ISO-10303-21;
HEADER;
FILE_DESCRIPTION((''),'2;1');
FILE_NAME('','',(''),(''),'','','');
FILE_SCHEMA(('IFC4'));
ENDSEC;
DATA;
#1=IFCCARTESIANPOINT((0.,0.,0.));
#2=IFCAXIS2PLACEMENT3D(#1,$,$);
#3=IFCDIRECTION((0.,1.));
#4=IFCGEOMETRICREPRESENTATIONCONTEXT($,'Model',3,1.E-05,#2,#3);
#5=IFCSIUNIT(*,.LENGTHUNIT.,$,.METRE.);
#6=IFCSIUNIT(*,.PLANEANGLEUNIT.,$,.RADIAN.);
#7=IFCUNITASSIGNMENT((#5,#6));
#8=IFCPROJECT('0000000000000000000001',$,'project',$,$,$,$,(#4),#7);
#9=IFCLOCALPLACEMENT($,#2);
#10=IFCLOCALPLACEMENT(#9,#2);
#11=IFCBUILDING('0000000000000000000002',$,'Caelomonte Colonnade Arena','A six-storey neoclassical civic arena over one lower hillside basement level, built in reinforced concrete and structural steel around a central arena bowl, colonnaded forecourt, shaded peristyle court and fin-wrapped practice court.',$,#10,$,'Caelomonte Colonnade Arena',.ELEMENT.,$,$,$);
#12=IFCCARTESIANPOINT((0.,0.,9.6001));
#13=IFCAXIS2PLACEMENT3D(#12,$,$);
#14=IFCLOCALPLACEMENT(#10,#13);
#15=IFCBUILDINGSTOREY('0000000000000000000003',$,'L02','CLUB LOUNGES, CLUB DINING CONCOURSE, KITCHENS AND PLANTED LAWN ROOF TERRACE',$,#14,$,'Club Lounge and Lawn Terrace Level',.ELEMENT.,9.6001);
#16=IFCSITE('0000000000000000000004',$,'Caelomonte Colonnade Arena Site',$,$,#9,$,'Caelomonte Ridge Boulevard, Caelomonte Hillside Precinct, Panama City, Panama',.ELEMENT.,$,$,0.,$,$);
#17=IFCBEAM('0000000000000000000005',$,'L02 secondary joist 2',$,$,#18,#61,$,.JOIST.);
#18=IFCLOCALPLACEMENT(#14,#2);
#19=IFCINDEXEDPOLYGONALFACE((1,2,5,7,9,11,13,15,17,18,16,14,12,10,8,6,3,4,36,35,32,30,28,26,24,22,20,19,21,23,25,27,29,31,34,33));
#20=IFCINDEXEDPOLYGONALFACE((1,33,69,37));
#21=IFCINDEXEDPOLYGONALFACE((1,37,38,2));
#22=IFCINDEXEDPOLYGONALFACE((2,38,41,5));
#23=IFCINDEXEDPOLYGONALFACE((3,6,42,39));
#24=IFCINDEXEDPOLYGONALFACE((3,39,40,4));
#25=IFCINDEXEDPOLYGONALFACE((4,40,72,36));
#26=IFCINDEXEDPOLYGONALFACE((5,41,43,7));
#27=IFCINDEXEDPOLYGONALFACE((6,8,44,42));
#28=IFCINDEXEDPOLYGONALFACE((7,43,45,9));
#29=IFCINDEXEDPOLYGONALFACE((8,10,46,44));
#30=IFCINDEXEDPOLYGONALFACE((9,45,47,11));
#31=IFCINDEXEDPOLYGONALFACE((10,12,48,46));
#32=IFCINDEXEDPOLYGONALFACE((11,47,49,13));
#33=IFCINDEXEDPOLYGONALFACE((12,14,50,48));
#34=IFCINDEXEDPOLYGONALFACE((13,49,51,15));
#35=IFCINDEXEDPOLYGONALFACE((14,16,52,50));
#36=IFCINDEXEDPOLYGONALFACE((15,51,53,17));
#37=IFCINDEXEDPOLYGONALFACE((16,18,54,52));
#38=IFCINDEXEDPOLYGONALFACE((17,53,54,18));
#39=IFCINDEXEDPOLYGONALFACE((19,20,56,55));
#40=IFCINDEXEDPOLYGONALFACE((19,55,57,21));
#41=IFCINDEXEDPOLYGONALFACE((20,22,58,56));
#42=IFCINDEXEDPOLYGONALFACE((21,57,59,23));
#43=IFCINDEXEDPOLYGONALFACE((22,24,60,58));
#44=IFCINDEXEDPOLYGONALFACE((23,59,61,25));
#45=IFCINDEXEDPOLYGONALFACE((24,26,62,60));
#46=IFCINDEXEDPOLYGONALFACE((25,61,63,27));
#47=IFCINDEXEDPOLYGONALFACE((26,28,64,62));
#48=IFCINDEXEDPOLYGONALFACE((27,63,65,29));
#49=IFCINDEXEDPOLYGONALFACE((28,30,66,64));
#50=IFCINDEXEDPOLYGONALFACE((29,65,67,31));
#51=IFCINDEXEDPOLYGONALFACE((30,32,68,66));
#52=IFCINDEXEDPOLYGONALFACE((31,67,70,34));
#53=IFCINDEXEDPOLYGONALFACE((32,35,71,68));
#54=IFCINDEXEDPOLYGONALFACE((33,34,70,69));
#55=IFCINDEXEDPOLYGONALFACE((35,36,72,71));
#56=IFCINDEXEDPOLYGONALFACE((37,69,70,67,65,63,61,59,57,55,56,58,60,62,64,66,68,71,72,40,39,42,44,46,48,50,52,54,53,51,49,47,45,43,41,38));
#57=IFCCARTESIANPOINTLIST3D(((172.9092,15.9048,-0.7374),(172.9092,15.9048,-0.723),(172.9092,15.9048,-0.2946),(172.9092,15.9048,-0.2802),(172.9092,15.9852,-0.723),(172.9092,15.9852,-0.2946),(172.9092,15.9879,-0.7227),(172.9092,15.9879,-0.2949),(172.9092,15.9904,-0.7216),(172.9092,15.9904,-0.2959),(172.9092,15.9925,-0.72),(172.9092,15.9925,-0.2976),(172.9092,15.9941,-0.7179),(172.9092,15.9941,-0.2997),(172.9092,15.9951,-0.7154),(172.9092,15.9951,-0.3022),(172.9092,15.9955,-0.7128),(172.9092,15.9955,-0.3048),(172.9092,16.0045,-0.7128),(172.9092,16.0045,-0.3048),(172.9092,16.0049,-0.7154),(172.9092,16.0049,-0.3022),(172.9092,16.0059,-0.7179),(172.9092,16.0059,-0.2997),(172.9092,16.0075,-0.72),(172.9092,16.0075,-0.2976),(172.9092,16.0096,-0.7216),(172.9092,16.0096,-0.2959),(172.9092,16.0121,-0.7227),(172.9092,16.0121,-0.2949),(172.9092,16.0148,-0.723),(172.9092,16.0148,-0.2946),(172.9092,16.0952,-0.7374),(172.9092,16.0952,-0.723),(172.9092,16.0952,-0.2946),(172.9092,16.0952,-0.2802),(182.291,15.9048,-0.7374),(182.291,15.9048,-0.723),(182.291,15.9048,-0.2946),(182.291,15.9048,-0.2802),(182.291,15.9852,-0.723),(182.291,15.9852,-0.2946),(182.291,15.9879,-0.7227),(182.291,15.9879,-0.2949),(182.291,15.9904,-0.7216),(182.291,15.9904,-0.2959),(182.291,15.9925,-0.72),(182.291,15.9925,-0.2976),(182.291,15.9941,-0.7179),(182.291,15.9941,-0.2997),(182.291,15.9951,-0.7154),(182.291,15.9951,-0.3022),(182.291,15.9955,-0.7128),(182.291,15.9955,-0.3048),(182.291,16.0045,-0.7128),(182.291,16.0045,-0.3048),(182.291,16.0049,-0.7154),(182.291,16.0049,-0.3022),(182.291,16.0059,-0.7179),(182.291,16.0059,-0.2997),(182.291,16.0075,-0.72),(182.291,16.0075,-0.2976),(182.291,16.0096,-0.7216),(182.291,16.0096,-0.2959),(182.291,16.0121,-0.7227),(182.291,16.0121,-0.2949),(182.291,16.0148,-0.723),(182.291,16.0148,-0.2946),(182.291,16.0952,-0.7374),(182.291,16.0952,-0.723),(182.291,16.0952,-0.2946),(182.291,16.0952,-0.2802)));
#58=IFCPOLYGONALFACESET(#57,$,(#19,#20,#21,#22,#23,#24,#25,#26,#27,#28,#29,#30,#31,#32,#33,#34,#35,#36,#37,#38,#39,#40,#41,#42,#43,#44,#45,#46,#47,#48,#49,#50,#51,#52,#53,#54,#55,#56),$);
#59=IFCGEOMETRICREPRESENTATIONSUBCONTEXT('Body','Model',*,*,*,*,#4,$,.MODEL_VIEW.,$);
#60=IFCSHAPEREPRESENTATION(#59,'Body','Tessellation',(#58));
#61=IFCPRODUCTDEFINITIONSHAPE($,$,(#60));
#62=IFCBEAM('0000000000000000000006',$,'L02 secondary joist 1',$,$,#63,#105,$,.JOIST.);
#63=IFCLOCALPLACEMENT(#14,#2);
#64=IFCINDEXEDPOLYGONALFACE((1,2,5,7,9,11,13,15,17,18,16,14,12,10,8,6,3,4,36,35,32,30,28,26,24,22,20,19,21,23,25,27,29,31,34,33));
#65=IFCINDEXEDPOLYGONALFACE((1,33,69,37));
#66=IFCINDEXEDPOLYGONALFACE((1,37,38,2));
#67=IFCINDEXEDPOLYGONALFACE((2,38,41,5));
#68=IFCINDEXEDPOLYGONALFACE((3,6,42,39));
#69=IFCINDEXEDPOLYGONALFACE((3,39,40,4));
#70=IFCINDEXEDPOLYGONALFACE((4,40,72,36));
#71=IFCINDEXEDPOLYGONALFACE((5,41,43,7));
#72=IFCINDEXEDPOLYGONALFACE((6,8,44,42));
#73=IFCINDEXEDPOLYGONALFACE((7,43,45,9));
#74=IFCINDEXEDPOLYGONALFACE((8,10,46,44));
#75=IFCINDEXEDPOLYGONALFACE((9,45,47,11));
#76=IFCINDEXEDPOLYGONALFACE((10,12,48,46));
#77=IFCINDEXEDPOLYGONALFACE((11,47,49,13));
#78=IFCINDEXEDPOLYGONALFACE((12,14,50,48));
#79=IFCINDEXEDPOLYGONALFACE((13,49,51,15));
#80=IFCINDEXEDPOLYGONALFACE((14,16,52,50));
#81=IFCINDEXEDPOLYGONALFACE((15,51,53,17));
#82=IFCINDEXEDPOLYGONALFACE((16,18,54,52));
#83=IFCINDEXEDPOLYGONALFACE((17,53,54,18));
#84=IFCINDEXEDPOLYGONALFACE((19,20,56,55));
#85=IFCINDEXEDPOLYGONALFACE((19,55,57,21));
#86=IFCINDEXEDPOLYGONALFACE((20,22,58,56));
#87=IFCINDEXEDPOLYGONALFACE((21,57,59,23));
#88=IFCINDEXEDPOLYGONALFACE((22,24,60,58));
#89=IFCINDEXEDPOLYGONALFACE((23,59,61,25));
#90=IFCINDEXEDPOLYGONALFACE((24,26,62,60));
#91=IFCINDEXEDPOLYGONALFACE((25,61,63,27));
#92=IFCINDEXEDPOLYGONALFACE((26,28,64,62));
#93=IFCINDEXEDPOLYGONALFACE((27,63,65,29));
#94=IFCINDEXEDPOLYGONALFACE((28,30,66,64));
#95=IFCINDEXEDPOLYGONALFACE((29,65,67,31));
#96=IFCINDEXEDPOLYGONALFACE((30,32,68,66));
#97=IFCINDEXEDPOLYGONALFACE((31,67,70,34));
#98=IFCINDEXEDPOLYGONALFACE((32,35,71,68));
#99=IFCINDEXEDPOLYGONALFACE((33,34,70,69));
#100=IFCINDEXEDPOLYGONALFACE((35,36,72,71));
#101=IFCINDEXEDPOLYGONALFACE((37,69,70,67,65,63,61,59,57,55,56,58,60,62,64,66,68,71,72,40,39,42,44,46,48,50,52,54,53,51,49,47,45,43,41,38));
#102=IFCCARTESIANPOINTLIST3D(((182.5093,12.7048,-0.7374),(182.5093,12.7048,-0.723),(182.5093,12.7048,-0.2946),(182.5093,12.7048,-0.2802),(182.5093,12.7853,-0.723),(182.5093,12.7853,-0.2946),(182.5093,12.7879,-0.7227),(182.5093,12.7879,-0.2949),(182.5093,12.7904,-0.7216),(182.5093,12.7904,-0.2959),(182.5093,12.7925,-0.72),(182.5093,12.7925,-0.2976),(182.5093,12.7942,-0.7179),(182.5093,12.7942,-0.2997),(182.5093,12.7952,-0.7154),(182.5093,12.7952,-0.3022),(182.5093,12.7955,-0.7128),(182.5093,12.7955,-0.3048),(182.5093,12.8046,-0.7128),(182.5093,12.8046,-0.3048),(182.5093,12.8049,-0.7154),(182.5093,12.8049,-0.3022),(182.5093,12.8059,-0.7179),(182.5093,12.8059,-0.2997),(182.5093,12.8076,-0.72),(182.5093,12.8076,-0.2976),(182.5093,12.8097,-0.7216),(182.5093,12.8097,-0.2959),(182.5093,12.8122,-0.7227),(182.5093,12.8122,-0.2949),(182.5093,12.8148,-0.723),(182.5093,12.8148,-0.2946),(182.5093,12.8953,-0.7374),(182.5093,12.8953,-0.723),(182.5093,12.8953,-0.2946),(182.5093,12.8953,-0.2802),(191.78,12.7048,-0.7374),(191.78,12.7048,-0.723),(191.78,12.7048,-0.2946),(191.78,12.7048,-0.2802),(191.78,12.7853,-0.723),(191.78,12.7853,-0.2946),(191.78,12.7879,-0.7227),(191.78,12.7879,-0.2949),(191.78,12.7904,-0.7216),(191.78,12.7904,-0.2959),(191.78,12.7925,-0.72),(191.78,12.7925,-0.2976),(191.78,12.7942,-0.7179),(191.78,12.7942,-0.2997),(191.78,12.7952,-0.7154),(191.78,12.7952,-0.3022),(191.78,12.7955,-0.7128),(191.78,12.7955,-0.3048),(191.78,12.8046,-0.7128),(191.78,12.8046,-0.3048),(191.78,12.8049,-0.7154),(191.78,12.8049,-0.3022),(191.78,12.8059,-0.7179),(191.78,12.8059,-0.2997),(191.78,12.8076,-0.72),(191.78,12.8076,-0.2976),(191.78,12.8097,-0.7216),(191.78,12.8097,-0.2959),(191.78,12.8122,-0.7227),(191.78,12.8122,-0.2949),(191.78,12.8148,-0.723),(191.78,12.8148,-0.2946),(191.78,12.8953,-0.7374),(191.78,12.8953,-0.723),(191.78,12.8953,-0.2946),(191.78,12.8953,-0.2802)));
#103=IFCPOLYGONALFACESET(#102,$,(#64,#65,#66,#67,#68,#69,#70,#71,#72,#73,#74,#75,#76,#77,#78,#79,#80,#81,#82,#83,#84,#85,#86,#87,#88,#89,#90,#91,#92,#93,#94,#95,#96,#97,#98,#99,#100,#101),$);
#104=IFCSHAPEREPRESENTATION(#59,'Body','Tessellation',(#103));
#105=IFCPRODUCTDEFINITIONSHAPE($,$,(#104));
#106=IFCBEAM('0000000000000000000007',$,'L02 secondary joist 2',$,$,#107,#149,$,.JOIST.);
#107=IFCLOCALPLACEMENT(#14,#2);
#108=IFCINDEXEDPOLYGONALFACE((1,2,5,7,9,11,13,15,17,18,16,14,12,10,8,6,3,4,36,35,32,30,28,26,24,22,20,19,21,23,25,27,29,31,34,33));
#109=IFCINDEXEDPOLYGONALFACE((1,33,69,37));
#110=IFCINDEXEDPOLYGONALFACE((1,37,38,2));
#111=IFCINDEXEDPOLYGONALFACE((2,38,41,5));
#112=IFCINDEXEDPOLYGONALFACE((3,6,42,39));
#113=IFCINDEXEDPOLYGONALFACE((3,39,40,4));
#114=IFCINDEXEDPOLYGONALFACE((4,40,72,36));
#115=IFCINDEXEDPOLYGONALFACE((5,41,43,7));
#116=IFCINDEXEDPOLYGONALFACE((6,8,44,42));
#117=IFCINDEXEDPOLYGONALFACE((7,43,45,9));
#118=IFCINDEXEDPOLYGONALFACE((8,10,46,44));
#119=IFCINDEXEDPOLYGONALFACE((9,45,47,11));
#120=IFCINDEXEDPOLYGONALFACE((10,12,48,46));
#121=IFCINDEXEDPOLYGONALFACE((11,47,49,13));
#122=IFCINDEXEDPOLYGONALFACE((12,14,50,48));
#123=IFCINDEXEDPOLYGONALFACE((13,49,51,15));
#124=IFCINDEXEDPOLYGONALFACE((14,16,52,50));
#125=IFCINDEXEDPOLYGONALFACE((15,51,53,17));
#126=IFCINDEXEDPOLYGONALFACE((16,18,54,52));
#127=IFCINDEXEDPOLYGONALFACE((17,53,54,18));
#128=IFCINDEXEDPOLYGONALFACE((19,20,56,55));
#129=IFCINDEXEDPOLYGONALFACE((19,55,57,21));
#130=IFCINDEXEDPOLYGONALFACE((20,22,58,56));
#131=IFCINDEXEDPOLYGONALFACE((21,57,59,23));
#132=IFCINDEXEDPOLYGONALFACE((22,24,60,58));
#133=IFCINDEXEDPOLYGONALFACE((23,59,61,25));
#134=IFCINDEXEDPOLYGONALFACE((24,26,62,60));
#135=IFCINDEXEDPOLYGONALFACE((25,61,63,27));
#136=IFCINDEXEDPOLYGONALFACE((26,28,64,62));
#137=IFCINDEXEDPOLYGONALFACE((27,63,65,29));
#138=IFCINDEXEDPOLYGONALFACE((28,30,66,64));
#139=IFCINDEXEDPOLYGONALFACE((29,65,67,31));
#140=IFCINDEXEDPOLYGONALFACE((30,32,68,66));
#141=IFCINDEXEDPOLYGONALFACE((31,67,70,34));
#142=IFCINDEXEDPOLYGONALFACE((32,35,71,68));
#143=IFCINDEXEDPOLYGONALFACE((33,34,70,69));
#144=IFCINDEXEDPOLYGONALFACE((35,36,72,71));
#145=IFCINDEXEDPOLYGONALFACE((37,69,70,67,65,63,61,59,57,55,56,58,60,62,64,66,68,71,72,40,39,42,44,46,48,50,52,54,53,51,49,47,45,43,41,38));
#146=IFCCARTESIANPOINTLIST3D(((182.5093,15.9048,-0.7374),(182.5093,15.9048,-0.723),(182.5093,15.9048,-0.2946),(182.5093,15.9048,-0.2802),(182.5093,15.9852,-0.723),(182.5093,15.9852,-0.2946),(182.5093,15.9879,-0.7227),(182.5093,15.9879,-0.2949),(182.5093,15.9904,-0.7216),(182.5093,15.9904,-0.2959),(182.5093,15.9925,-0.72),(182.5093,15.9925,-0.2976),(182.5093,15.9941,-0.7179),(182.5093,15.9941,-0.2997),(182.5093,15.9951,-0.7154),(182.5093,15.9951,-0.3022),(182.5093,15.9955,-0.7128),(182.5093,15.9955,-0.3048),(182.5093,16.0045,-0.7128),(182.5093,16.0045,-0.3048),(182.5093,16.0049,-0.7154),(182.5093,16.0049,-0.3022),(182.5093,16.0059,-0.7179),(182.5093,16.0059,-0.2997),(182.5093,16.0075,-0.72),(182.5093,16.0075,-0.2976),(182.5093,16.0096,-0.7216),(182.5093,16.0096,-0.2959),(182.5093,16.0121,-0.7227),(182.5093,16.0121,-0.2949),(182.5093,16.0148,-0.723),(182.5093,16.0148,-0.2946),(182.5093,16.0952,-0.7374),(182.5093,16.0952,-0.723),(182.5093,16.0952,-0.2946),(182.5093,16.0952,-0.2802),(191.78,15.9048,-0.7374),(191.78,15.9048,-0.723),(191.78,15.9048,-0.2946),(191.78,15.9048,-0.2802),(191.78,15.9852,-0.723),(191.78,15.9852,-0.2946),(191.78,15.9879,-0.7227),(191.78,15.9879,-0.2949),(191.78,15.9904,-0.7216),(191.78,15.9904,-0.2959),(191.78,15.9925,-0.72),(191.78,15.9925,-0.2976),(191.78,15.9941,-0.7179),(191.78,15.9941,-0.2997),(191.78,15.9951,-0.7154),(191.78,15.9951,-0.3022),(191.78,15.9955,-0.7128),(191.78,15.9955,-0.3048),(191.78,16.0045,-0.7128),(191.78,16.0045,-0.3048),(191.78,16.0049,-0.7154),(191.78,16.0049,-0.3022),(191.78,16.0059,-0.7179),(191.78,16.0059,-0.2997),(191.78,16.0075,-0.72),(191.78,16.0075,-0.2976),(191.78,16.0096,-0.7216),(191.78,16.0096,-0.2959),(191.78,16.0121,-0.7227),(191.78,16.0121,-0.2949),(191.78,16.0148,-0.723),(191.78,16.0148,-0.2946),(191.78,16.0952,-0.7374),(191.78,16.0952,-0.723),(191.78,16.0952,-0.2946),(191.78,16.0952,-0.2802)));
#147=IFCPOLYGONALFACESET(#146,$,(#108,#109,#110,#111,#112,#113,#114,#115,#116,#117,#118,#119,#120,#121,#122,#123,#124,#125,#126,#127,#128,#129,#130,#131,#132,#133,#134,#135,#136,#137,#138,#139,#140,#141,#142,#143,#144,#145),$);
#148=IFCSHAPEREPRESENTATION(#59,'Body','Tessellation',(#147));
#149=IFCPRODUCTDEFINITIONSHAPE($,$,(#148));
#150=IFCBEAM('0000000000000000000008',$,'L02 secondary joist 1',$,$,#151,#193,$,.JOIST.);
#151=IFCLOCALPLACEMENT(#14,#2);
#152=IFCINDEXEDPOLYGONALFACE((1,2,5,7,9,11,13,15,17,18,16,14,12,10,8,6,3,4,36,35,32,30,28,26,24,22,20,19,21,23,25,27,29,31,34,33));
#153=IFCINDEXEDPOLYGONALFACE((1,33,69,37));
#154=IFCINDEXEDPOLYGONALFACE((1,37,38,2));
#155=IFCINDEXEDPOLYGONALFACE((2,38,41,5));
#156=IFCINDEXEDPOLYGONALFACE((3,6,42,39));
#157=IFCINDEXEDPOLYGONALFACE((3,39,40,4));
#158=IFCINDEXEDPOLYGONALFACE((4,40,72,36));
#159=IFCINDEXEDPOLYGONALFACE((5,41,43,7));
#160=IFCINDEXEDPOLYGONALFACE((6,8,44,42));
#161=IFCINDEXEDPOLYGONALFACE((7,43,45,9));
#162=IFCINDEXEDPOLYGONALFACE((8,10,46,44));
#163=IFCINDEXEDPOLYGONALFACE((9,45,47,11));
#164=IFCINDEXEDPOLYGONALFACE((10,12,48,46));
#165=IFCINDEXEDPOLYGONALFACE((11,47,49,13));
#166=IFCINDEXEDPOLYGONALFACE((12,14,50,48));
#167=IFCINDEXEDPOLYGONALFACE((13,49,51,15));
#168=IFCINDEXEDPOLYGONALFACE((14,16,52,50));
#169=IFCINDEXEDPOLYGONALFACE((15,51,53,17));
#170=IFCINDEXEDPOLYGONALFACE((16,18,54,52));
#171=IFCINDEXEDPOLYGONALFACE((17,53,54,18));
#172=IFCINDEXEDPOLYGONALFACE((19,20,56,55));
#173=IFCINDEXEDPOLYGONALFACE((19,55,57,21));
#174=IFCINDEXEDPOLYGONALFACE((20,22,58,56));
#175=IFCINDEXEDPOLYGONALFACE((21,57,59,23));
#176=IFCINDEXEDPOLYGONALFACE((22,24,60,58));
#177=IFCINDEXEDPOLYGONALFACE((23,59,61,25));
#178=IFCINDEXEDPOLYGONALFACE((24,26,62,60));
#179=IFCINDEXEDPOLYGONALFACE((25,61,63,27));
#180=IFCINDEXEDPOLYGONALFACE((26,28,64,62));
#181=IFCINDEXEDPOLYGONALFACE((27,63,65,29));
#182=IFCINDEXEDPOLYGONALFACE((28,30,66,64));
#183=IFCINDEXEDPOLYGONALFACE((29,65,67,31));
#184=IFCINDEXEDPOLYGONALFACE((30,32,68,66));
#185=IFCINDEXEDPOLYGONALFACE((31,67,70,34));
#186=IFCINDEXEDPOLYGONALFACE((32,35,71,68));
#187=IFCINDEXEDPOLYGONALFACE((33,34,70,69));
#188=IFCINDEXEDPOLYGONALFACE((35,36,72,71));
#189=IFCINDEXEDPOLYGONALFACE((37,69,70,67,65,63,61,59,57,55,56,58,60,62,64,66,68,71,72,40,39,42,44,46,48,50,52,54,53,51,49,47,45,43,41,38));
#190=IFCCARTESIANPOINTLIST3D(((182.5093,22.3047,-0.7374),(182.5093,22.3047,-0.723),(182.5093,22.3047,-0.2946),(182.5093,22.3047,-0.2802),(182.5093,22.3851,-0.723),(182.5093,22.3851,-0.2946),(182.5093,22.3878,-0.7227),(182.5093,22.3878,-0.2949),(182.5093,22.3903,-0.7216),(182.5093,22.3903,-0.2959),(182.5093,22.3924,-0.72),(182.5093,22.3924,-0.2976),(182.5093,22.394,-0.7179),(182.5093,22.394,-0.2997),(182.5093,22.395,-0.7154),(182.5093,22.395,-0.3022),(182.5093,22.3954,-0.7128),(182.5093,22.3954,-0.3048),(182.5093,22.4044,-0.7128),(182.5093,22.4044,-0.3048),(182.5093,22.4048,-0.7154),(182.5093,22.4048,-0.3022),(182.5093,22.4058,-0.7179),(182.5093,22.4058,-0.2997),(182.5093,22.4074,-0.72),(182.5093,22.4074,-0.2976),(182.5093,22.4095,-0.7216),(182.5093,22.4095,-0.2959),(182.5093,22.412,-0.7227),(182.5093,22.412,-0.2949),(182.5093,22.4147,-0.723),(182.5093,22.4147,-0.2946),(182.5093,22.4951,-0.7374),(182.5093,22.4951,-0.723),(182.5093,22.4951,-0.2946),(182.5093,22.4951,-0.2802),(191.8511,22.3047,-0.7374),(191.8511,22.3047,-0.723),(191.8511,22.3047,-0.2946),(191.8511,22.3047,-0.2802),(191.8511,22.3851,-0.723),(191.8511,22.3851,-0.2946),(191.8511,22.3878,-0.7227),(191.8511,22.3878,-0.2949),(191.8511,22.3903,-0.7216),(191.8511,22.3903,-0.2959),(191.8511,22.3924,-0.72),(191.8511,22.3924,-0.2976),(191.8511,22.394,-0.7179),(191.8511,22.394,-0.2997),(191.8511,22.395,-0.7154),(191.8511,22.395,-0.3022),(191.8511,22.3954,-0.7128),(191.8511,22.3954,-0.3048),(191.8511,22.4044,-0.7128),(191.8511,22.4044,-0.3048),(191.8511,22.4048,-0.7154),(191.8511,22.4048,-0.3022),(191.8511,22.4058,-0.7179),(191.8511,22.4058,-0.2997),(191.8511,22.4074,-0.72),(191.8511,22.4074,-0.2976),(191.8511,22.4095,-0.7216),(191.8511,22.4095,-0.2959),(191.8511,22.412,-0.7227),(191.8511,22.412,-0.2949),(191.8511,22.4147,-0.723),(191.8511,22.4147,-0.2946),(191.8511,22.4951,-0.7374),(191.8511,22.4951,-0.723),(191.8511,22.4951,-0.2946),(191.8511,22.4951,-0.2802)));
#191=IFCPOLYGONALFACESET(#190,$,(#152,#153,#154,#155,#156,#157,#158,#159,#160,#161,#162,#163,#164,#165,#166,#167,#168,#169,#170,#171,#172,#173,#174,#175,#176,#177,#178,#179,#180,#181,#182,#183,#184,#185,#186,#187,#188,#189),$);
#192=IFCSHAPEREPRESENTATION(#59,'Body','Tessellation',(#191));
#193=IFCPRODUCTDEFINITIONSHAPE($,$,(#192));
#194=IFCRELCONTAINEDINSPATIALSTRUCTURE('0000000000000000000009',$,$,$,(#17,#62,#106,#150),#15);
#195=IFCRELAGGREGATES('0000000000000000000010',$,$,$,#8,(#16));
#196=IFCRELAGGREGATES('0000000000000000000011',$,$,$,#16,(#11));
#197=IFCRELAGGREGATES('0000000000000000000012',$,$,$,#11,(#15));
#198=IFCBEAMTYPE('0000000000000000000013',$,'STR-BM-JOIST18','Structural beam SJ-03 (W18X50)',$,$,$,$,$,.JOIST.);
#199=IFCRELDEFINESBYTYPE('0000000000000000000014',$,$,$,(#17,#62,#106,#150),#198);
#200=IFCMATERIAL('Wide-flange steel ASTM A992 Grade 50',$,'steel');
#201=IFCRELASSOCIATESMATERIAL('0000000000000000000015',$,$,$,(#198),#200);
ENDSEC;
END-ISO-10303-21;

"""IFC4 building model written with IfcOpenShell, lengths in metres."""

from ifc_helpers import new_model, si_unit, direction, frame, origin, origin_2d, place, context, subcontext, project, spatial, i_section, extrude, material, material_profile, profile_set, type_object, element, save


model = new_model("IFC4")

# Units and contexts
model_context = context("Model", 3, precision=1e-05, world=origin(), true_north=direction((0.0, 1.0)))
body_context = subcontext(model_context, "Body", "Model", "MODEL_VIEW")
ifc_project = project(units=[si_unit("LENGTHUNIT", "METRE"), si_unit("PLANEANGLEUNIT", "RADIAN")], contexts=[model_context])

# Site, building, storey
site_placement = place(None, origin())
site = spatial("IfcSite", under=ifc_project, at=site_placement, Name="Caelomonte Colonnade Arena Site", LongName="Caelomonte Ridge Boulevard, Caelomonte Hillside Precinct, Panama City, Panama", CompositionType="ELEMENT", RefElevation=0.0)
building_placement = place(site_placement, origin())
building = spatial("IfcBuilding", under=site, at=building_placement, Name="Caelomonte Colonnade Arena", Description="A six-storey neoclassical civic arena over one lower hillside basement level, built in reinforced concrete and structural steel around a central arena bowl, colonnaded forecourt, shaded peristyle court and fin-wrapped practice court.", LongName="Caelomonte Colonnade Arena", CompositionType="ELEMENT")
storey_placement = place(building_placement, frame((0.0, 0.0, 9.6001)))
storey = spatial("IfcBuildingStorey", under=building, at=storey_placement, Name="L02", Description="CLUB LOUNGES, CLUB DINING CONCOURSE, KITCHENS AND PLANTED LAWN ROOF TERRACE", LongName="Club Lounge and Lawn Terrace Level", CompositionType="ELEMENT", Elevation=9.6001)

# Beams
ifc_material_1 = material(Name="Wide-flange steel ASTM A992 Grade 50", Category="steel")
ifc_material_profile_1 = material_profile(ifc_material_1, i_section(OverallWidth=0.1904, OverallDepth=0.4573, WebThickness=0.009, FlangeThickness=0.0144, FilletRadius=0.0103, at=origin_2d()), Name="W18X50")
ifc_profile_set_1 = profile_set([ifc_material_profile_1], Name="Wide-flange steel ASTM A992 Grade 50")
beam_type_1 = type_object("IfcBeamType", Name="STR-BM-JOIST18", Description="Structural beam SJ-03 (W18X50)", PredefinedType="JOIST", material=ifc_profile_set_1)
for number, where, z_axis, x_axis, name in (
    (1, (172.9092, 16.0, -0.5088), (1.0, 0.0, 0.0), (0.0, 1.0, 0.0), "L02 secondary joist 2"),
):
    element("IfcBeam", number, at=place(storey_placement, frame(where, z_axis=z_axis, x_axis=x_axis)), inside=storey, type_object=beam_type_1, Name=name, PredefinedType="JOIST", context=body_context, shape_type="SweptSolid", body=[
        extrude(i_section(OverallWidth=0.1904, OverallDepth=0.4573, WebThickness=0.009, FlangeThickness=0.0144, FilletRadius=0.0103, at=origin_2d()), origin(), (0.0, 0.0, 1.0), 9.3818),
    ])
for number, where, z_axis, x_axis, name in (
    (2, (182.5093, 12.8, -0.5088), (1.0, 0.0, 0.0), (0.0, 1.0, 0.0), "L02 secondary joist 1"),
    (3, (182.5093, 16.0, -0.5088), (1.0, 0.0, 0.0), (0.0, 1.0, 0.0), "L02 secondary joist 2"),
):
    element("IfcBeam", number, at=place(storey_placement, frame(where, z_axis=z_axis, x_axis=x_axis)), inside=storey, type_object=beam_type_1, Name=name, PredefinedType="JOIST", context=body_context, shape_type="SweptSolid", body=[
        extrude(i_section(OverallWidth=0.1904, OverallDepth=0.4573, WebThickness=0.009, FlangeThickness=0.0144, FilletRadius=0.0103, at=origin_2d()), origin(), (0.0, 0.0, 1.0), 9.2708),
    ])
for number, where, z_axis, x_axis, name in (
    (4, (182.5093, 22.3999, -0.5088), (1.0, 0.0, 0.0), (0.0, 1.0, 0.0), "L02 secondary joist 1"),
):
    element("IfcBeam", number, at=place(storey_placement, frame(where, z_axis=z_axis, x_axis=x_axis)), inside=storey, type_object=beam_type_1, Name=name, PredefinedType="JOIST", context=body_context, shape_type="SweptSolid", body=[
        extrude(i_section(OverallWidth=0.1904, OverallDepth=0.4573, WebThickness=0.009, FlangeThickness=0.0144, FilletRadius=0.0103, at=origin_2d()), origin(), (0.0, 0.0, 1.0), 9.3418),
    ])

save(model, "model.ifc")
